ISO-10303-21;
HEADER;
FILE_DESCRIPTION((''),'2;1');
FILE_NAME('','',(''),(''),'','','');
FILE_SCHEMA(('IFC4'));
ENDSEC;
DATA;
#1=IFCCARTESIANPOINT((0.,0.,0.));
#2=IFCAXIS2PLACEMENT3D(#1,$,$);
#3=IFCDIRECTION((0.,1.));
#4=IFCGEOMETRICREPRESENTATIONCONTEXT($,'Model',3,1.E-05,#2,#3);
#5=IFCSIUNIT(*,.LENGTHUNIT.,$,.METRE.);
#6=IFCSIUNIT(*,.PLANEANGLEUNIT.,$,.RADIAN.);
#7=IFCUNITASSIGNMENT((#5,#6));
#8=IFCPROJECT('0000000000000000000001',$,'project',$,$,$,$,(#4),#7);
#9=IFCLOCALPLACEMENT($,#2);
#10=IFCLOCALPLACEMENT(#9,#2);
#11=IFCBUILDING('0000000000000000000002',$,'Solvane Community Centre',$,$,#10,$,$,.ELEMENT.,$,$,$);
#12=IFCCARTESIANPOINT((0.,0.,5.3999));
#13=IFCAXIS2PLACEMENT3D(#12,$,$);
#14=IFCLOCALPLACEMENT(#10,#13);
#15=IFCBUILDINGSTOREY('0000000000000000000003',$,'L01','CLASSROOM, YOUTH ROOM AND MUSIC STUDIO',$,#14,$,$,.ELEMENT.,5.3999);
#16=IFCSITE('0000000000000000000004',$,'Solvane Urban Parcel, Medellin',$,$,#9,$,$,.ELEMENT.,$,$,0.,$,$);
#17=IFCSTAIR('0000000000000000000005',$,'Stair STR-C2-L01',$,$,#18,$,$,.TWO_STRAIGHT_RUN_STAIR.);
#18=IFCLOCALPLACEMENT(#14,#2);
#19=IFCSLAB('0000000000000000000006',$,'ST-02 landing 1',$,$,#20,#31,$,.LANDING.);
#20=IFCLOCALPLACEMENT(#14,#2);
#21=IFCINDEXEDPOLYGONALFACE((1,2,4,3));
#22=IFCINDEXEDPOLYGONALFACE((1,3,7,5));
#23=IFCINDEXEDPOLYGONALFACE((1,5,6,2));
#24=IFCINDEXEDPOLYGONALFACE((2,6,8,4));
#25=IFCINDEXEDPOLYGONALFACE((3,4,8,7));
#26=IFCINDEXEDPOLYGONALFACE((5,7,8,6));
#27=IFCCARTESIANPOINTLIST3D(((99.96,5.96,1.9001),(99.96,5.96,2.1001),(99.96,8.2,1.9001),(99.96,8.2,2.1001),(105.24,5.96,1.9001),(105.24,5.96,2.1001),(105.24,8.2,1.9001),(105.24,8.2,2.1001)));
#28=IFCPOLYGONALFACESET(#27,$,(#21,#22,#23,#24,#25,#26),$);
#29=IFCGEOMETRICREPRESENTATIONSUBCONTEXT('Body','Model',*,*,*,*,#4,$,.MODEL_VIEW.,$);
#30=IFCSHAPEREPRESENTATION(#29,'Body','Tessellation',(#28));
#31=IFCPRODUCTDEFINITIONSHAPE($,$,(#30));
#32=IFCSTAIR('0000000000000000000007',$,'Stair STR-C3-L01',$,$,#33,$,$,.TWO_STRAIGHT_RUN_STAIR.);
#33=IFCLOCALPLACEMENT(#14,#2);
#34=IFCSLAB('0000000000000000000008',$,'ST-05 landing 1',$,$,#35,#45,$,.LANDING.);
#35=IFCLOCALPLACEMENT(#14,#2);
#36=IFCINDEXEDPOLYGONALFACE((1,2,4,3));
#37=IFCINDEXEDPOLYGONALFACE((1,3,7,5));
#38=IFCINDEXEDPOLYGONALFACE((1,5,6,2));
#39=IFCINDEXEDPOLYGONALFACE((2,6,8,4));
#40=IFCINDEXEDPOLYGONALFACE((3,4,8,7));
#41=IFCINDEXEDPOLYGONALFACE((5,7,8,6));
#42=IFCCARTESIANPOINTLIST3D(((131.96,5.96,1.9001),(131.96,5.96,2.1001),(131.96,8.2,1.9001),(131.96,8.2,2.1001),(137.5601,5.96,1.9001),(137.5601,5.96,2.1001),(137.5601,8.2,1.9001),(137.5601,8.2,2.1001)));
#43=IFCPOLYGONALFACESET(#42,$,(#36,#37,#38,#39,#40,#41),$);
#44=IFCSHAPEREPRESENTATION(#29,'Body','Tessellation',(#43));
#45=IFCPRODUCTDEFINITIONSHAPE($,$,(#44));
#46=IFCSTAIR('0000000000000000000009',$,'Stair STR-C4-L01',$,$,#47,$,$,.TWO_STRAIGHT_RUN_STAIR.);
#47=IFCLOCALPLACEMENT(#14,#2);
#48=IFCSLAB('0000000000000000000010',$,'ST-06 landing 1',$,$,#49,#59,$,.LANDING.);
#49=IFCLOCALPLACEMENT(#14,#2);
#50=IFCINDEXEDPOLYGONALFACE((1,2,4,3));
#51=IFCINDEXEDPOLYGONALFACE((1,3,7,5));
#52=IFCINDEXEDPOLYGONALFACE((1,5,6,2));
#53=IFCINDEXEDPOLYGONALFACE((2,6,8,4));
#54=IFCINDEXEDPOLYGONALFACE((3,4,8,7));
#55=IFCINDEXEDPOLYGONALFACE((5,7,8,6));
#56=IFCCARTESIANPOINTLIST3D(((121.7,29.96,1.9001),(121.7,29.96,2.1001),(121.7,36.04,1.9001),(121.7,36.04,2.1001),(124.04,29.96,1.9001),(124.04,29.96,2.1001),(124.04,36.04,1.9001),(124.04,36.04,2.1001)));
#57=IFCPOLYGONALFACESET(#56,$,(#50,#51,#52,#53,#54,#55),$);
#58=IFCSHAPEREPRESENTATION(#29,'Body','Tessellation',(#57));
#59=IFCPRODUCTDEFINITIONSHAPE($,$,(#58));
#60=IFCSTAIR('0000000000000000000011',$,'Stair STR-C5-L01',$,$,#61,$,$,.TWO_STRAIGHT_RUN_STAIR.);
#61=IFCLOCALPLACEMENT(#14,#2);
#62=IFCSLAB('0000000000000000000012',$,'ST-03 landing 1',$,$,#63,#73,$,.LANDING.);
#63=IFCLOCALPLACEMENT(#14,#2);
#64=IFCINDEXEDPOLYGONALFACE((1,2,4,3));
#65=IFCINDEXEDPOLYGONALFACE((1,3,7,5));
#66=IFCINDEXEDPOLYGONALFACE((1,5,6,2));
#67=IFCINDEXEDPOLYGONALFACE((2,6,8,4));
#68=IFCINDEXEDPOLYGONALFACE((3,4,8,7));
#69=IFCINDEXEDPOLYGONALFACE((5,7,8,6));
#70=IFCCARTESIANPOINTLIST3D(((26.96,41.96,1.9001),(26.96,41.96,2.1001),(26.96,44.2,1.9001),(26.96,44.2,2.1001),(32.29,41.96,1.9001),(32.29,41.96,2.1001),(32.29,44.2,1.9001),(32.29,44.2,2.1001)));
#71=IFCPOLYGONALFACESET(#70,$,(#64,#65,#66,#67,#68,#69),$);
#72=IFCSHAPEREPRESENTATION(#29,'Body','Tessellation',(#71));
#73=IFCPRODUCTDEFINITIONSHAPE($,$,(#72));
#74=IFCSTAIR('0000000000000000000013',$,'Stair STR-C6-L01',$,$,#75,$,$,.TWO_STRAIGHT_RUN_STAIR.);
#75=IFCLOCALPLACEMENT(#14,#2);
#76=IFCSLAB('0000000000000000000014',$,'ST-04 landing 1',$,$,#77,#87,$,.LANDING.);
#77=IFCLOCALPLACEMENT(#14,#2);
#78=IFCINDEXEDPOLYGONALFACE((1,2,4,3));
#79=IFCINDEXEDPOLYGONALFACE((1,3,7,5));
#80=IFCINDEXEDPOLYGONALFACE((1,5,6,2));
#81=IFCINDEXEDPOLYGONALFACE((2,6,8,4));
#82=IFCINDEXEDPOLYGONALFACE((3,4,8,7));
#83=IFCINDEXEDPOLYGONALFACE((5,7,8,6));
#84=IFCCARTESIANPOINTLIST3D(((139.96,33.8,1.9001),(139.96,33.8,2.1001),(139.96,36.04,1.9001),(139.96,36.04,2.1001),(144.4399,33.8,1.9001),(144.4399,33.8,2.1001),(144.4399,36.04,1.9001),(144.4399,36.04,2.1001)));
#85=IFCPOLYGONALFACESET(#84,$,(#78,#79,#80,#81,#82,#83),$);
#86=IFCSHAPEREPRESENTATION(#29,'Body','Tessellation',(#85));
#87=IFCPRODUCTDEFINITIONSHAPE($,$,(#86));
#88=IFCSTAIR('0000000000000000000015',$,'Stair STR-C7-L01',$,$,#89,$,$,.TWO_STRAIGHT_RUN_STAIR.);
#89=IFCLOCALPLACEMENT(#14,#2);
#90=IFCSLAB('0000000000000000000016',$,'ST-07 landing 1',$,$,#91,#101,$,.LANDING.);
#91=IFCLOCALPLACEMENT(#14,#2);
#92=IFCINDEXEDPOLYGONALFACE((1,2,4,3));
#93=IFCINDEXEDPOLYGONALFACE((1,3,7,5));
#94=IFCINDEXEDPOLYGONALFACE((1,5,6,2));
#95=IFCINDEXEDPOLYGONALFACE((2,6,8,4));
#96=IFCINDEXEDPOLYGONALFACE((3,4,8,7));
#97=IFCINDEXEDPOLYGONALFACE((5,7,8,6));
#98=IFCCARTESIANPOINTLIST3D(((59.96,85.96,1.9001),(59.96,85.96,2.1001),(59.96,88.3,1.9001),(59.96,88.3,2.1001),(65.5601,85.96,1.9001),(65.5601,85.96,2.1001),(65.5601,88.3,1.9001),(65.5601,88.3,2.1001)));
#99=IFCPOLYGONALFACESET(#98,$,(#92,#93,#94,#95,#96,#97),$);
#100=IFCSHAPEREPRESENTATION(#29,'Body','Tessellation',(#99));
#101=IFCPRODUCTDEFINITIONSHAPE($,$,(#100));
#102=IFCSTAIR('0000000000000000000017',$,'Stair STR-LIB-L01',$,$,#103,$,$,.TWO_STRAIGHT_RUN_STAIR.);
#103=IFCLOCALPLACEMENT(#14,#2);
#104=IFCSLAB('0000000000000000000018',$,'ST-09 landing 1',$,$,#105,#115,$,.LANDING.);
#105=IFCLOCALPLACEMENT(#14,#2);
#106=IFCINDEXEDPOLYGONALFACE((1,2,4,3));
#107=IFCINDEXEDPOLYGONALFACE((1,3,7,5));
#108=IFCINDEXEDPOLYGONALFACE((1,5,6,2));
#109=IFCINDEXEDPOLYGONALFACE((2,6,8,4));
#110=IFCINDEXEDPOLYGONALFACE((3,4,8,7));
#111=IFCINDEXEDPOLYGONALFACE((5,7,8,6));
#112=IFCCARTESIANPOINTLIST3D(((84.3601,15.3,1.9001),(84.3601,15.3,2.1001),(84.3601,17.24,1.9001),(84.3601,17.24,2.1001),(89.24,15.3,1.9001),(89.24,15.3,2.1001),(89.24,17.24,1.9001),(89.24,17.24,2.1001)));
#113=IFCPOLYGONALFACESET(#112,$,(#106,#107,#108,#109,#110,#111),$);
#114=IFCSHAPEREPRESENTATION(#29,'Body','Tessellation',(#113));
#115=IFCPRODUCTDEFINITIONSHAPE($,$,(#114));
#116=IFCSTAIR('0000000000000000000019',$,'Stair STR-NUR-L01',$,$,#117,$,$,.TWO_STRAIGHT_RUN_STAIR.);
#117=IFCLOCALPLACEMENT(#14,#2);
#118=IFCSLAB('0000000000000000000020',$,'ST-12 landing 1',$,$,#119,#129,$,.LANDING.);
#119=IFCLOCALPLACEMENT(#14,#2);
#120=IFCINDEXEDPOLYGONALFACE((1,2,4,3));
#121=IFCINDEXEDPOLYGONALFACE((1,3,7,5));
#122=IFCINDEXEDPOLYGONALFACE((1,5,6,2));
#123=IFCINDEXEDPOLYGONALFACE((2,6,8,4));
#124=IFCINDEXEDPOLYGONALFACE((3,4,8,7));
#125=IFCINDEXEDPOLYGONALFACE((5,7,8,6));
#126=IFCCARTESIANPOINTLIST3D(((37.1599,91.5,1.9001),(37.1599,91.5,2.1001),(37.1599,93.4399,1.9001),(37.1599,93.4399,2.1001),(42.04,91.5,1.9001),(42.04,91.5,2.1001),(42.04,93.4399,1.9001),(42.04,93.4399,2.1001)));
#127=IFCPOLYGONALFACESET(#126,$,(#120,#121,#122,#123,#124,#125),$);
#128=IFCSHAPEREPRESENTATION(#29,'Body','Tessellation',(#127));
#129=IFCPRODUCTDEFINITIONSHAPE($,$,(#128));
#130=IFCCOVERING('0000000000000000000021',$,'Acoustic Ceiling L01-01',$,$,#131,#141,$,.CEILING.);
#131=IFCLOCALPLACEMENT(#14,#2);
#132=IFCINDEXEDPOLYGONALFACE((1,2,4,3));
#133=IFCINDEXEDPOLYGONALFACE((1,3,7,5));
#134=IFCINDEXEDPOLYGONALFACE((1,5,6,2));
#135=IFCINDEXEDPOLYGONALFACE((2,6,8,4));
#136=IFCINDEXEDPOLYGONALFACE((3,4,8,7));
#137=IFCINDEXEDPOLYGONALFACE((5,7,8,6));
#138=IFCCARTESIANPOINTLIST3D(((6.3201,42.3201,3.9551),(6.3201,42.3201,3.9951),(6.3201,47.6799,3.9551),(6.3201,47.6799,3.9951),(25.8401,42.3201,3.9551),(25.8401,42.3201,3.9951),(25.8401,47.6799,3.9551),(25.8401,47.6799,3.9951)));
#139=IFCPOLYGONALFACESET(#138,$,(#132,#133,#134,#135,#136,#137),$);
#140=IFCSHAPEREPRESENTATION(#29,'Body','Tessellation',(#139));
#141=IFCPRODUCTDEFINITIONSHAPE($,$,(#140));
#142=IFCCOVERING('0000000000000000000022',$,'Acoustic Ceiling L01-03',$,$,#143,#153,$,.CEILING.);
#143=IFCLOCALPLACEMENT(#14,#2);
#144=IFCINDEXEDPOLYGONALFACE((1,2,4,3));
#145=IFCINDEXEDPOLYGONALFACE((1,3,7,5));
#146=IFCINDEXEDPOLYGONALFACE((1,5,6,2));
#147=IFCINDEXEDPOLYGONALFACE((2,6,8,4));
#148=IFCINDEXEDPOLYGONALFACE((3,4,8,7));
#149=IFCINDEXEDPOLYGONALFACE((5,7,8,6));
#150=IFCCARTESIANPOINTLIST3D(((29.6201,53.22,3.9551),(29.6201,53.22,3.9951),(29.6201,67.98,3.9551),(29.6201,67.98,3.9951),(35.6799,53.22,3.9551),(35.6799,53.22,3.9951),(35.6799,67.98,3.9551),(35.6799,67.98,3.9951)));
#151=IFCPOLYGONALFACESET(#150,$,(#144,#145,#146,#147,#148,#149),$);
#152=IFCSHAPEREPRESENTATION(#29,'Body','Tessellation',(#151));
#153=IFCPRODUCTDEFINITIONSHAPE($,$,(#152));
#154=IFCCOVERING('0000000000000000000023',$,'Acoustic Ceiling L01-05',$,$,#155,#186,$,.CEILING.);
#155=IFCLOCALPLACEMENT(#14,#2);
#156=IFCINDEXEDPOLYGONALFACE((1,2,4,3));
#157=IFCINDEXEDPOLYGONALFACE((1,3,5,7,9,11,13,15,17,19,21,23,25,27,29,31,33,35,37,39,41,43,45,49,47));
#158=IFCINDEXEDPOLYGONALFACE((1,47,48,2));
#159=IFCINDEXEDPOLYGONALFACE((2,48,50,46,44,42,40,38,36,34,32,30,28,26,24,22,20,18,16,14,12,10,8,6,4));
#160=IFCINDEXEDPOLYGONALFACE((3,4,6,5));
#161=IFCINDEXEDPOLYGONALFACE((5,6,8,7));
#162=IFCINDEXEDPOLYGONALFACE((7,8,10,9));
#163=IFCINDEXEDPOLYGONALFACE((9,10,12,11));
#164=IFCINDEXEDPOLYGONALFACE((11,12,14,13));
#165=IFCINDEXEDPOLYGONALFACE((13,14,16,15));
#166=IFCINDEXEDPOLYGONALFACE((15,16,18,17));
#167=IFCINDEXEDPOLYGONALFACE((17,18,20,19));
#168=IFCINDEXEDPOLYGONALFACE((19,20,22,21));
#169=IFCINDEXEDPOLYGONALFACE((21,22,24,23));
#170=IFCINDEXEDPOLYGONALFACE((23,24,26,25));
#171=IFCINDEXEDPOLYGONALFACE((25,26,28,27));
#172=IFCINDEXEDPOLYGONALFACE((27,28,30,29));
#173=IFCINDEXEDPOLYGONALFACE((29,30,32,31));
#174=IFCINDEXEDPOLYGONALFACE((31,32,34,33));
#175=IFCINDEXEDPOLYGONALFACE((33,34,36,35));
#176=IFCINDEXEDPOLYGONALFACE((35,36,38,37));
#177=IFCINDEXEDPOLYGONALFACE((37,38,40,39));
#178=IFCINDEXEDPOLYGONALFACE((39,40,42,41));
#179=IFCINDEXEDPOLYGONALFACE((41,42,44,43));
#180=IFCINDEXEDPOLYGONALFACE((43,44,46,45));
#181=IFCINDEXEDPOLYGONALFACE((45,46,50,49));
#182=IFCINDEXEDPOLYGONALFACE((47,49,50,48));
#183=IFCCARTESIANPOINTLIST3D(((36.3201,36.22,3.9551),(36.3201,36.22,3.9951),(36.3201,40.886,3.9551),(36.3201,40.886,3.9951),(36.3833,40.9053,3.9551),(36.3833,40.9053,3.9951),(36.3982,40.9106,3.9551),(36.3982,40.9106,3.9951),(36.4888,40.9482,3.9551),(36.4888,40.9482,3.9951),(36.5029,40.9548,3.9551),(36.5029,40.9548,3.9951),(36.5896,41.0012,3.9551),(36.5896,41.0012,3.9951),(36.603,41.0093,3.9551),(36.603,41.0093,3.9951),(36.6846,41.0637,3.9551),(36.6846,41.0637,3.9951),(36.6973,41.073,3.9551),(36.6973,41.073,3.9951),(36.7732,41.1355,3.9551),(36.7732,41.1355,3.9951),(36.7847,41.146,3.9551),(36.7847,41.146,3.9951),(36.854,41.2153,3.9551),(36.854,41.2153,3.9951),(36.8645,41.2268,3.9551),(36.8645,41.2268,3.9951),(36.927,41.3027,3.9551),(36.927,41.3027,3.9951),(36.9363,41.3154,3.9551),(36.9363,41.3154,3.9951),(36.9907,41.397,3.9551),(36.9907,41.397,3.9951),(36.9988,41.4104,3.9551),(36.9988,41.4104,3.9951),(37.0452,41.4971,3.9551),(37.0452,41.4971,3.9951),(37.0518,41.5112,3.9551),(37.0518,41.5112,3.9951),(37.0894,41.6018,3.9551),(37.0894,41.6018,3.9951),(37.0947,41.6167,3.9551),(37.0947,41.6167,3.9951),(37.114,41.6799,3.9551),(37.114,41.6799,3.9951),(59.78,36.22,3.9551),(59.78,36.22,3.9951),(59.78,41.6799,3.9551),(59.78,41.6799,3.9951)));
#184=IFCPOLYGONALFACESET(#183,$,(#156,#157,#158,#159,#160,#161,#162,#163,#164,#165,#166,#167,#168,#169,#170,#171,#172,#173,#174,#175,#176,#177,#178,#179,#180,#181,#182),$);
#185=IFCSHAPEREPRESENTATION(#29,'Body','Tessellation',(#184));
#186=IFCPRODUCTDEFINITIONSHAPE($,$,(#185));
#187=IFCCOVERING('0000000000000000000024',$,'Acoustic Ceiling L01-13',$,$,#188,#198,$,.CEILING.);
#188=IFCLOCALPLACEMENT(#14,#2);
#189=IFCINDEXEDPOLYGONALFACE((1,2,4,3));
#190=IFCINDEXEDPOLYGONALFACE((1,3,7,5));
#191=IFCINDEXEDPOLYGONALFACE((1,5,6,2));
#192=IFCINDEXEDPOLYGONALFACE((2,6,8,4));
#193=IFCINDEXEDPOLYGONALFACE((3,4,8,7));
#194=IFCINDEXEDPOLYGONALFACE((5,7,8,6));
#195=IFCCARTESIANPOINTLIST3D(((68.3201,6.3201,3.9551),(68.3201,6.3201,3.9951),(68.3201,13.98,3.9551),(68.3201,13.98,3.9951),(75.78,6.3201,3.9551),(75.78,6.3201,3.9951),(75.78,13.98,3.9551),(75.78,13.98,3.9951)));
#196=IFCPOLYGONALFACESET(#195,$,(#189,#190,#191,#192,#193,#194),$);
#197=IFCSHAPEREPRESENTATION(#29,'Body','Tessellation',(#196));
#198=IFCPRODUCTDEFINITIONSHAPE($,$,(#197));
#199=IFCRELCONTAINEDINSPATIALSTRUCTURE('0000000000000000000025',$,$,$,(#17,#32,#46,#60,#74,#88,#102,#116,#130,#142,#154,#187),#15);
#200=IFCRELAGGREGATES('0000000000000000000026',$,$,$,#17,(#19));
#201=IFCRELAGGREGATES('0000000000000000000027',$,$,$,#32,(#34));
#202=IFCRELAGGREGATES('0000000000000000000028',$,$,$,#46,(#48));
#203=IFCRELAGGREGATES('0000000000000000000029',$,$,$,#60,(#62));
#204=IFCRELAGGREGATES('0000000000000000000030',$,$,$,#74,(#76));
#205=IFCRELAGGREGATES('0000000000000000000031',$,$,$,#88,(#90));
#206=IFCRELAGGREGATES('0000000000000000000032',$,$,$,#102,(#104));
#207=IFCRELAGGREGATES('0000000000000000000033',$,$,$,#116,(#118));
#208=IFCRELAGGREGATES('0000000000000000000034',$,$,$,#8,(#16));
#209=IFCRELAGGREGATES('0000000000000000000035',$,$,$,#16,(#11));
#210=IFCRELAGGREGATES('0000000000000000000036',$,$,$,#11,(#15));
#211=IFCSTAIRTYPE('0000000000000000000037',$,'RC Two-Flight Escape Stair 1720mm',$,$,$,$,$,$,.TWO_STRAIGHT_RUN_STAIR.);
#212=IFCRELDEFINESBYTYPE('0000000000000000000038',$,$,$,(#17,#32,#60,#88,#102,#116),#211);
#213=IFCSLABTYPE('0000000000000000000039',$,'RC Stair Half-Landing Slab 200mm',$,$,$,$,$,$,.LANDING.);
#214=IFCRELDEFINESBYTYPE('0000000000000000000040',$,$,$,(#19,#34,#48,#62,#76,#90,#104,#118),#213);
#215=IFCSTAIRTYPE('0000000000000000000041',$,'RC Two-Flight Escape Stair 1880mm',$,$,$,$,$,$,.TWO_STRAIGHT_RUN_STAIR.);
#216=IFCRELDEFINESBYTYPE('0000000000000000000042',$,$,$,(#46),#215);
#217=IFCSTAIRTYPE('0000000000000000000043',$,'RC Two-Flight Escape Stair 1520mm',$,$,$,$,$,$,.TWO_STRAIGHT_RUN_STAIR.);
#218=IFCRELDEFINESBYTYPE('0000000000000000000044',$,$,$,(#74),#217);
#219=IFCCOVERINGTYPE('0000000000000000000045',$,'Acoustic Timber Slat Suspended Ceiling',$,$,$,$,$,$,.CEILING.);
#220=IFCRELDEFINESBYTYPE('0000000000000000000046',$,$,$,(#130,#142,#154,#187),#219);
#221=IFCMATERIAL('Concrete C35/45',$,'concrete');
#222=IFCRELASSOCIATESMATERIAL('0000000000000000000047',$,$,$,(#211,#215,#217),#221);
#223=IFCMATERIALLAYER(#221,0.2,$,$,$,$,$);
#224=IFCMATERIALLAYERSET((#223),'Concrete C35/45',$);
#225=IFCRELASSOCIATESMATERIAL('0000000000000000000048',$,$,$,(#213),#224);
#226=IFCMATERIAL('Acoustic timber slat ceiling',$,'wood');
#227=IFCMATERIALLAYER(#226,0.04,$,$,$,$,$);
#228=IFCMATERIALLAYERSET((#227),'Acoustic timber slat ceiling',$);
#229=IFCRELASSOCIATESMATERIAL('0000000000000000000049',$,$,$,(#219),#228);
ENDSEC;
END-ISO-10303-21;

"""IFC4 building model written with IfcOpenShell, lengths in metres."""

from ifc_helpers import new_model, si_unit, direction, frame, origin, place, context, subcontext, project, spatial, polyline, outline, extrude, material, layer, layer_set, type_object, element, aggregate, save


model = new_model("IFC4")

# Units and contexts
model_context = context("Model", 3, precision=1e-05, world=origin(), true_north=direction((0.0, 1.0)))
body_context = subcontext(model_context, "Body", "Model", "MODEL_VIEW")
ifc_project = project(units=[si_unit("LENGTHUNIT", "METRE"), si_unit("PLANEANGLEUNIT", "RADIAN")], contexts=[model_context])

# Site, building, storey
site_placement = place(None, origin())
site = spatial("IfcSite", under=ifc_project, at=site_placement, Name="Solvane Urban Parcel, Medellin", CompositionType="ELEMENT", RefElevation=0.0)
building_placement = place(site_placement, origin())
building = spatial("IfcBuilding", under=site, at=building_placement, Name="Solvane Community Centre", CompositionType="ELEMENT")
storey_placement = place(building_placement, frame((0.0, 0.0, 5.3999)))
storey = spatial("IfcBuildingStorey", under=building, at=storey_placement, Name="L01", Description="CLASSROOM, YOUTH ROOM AND MUSIC STUDIO", CompositionType="ELEMENT", Elevation=5.3999)

# Shared definitions
ifc_material_1 = material(Name="Concrete C35/45", Category="concrete")

# Stairs, slabs
stair_type_1 = type_object("IfcStairType", Name="RC Two-Flight Escape Stair 1720mm", PredefinedType="TWO_STRAIGHT_RUN_STAIR", material=ifc_material_1)
ifc_layer_1 = layer(ifc_material_1, 0.2)
ifc_layer_set_1 = layer_set([ifc_layer_1], Name="Concrete C35/45")
slab_type_1 = type_object("IfcSlabType", Name="RC Stair Half-Landing Slab 200mm", PredefinedType="LANDING", material=ifc_layer_set_1)
stair_1_placement = place(storey_placement, origin())
stair_1 = element("IfcStair", 1, at=stair_1_placement, inside=storey, type_object=stair_type_1, Name="Stair STR-C2-L01", PredefinedType="TWO_STRAIGHT_RUN_STAIR")
slab_1_placement = place(storey_placement, frame((0.0, 0.0, 1.9001)))
slab_1 = element("IfcSlab", 2, at=slab_1_placement, type_object=slab_type_1, Name="ST-02 landing 1", PredefinedType="LANDING", context=body_context, shape_type="SweptSolid", body=[
    extrude(outline(polyline([(99.96, 5.96), (105.24, 5.96), (105.24, 8.2), (99.96, 8.2), (99.96, 5.96)])), origin(), (0.0, 0.0, 1.0), 0.2),
])
aggregate(stair_1, [slab_1])
stair_2_placement = place(storey_placement, origin())
stair_2 = element("IfcStair", 3, at=stair_2_placement, inside=storey, type_object=stair_type_1, Name="Stair STR-C3-L01", PredefinedType="TWO_STRAIGHT_RUN_STAIR")
slab_2_placement = place(storey_placement, frame((0.0, 0.0, 1.9001)))
slab_2 = element("IfcSlab", 4, at=slab_2_placement, type_object=slab_type_1, Name="ST-05 landing 1", PredefinedType="LANDING", context=body_context, shape_type="SweptSolid", body=[
    extrude(outline(polyline([(131.96, 5.96), (137.5601, 5.96), (137.5601, 8.2), (131.96, 8.2), (131.96, 5.96)])), origin(), (0.0, 0.0, 1.0), 0.2),
])
aggregate(stair_2, [slab_2])
stair_type_2 = type_object("IfcStairType", Name="RC Two-Flight Escape Stair 1880mm", PredefinedType="TWO_STRAIGHT_RUN_STAIR", material=ifc_material_1)
stair_3_placement = place(storey_placement, origin())
stair_3 = element("IfcStair", 5, at=stair_3_placement, inside=storey, type_object=stair_type_2, Name="Stair STR-C4-L01", PredefinedType="TWO_STRAIGHT_RUN_STAIR")
slab_3_placement = place(storey_placement, frame((0.0, 0.0, 1.9001)))
slab_3 = element("IfcSlab", 6, at=slab_3_placement, type_object=slab_type_1, Name="ST-06 landing 1", PredefinedType="LANDING", context=body_context, shape_type="SweptSolid", body=[
    extrude(outline(polyline([(121.7, 29.96), (124.04, 29.96), (124.04, 36.04), (121.7, 36.04), (121.7, 29.96)])), origin(), (0.0, 0.0, 1.0), 0.2),
])
aggregate(stair_3, [slab_3])
stair_4_placement = place(storey_placement, origin())
stair_4 = element("IfcStair", 7, at=stair_4_placement, inside=storey, type_object=stair_type_1, Name="Stair STR-C5-L01", PredefinedType="TWO_STRAIGHT_RUN_STAIR")
slab_4_placement = place(storey_placement, frame((0.0, 0.0, 1.9001)))
slab_4 = element("IfcSlab", 8, at=slab_4_placement, type_object=slab_type_1, Name="ST-03 landing 1", PredefinedType="LANDING", context=body_context, shape_type="SweptSolid", body=[
    extrude(outline(polyline([(26.96, 41.96), (32.29, 41.96), (32.29, 44.2), (26.96, 44.2), (26.96, 41.96)])), origin(), (0.0, 0.0, 1.0), 0.2),
])
aggregate(stair_4, [slab_4])
stair_type_3 = type_object("IfcStairType", Name="RC Two-Flight Escape Stair 1520mm", PredefinedType="TWO_STRAIGHT_RUN_STAIR", material=ifc_material_1)
stair_5_placement = place(storey_placement, origin())
stair_5 = element("IfcStair", 9, at=stair_5_placement, inside=storey, type_object=stair_type_3, Name="Stair STR-C6-L01", PredefinedType="TWO_STRAIGHT_RUN_STAIR")
slab_5_placement = place(storey_placement, frame((0.0, 0.0, 1.9001)))
slab_5 = element("IfcSlab", 10, at=slab_5_placement, type_object=slab_type_1, Name="ST-04 landing 1", PredefinedType="LANDING", context=body_context, shape_type="SweptSolid", body=[
    extrude(outline(polyline([(139.96, 33.8), (144.4399, 33.8), (144.4399, 36.04), (139.96, 36.04), (139.96, 33.8)])), origin(), (0.0, 0.0, 1.0), 0.2),
])
aggregate(stair_5, [slab_5])
stair_6_placement = place(storey_placement, origin())
stair_6 = element("IfcStair", 11, at=stair_6_placement, inside=storey, type_object=stair_type_1, Name="Stair STR-C7-L01", PredefinedType="TWO_STRAIGHT_RUN_STAIR")
slab_6_placement = place(storey_placement, frame((0.0, 0.0, 1.9001)))
slab_6 = element("IfcSlab", 12, at=slab_6_placement, type_object=slab_type_1, Name="ST-07 landing 1", PredefinedType="LANDING", context=body_context, shape_type="SweptSolid", body=[
    extrude(outline(polyline([(59.96, 85.96), (65.5601, 85.96), (65.5601, 88.3), (59.96, 88.3), (59.96, 85.96)])), origin(), (0.0, 0.0, 1.0), 0.2),
])
aggregate(stair_6, [slab_6])
stair_7_placement = place(storey_placement, origin())
stair_7 = element("IfcStair", 13, at=stair_7_placement, inside=storey, type_object=stair_type_1, Name="Stair STR-LIB-L01", PredefinedType="TWO_STRAIGHT_RUN_STAIR")
slab_7_placement = place(storey_placement, frame((0.0, 0.0, 1.9001)))
slab_7 = element("IfcSlab", 14, at=slab_7_placement, type_object=slab_type_1, Name="ST-09 landing 1", PredefinedType="LANDING", context=body_context, shape_type="SweptSolid", body=[
    extrude(outline(polyline([(84.3601, 15.3), (89.24, 15.3), (89.24, 17.24), (84.3601, 17.24), (84.3601, 15.3)])), origin(), (0.0, 0.0, 1.0), 0.2),
])
aggregate(stair_7, [slab_7])
stair_8_placement = place(storey_placement, origin())
stair_8 = element("IfcStair", 15, at=stair_8_placement, inside=storey, type_object=stair_type_1, Name="Stair STR-NUR-L01", PredefinedType="TWO_STRAIGHT_RUN_STAIR")
slab_8_placement = place(storey_placement, frame((0.0, 0.0, 1.9001)))
slab_8 = element("IfcSlab", 16, at=slab_8_placement, type_object=slab_type_1, Name="ST-12 landing 1", PredefinedType="LANDING", context=body_context, shape_type="SweptSolid", body=[
    extrude(outline(polyline([(37.1599, 91.5), (42.04, 91.5), (42.04, 93.4399), (37.1599, 93.4399), (37.1599, 91.5)])), origin(), (0.0, 0.0, 1.0), 0.2),
])
aggregate(stair_8, [slab_8])

# Coverings
ifc_material_2 = material(Name="Acoustic timber slat ceiling", Category="wood")
ifc_layer_2 = layer(ifc_material_2, 0.04)
ifc_layer_set_2 = layer_set([ifc_layer_2], Name="Acoustic timber slat ceiling")
covering_type = type_object("IfcCoveringType", Name="Acoustic Timber Slat Suspended Ceiling", PredefinedType="CEILING", material=ifc_layer_set_2)
covering_1_placement = place(storey_placement, frame((0.0, 0.0, 3.9551)))
element("IfcCovering", 17, at=covering_1_placement, inside=storey, type_object=covering_type, Name="Acoustic Ceiling L01-01", PredefinedType="CEILING", context=body_context, shape_type="SweptSolid", body=[
    extrude(outline(polyline([(6.3201, 42.3201), (6.3201, 47.6799), (25.8401, 47.6799), (25.8401, 42.3201), (6.3201, 42.3201)])), origin(), (0.0, 0.0, 1.0), 0.04),
])
covering_2_placement = place(storey_placement, frame((0.0, 0.0, 3.9551)))
element("IfcCovering", 18, at=covering_2_placement, inside=storey, type_object=covering_type, Name="Acoustic Ceiling L01-03", PredefinedType="CEILING", context=body_context, shape_type="SweptSolid", body=[
    extrude(outline(polyline([(29.6201, 53.22), (29.6201, 67.98), (35.6799, 67.98), (35.6799, 53.22), (29.6201, 53.22)])), origin(), (0.0, 0.0, 1.0), 0.04),
])
covering_3_placement = place(storey_placement, frame((0.0, 0.0, 3.9551)))
element("IfcCovering", 19, at=covering_3_placement, inside=storey, type_object=covering_type, Name="Acoustic Ceiling L01-05", PredefinedType="CEILING", context=body_context, shape_type="SweptSolid", body=[
    extrude(outline(polyline([(59.78, 41.6799), (59.78, 36.22), (36.3201, 36.22), (36.3201, 40.886), (36.3833, 40.9053), (36.3982, 40.9106), (36.4888, 40.9482), (36.5029, 40.9548), (36.5896, 41.0012), (36.603, 41.0093), (36.6846, 41.0637), (36.6973, 41.073), (36.7732, 41.1355), (36.7847, 41.146), (36.854, 41.2153), (36.8645, 41.2268), (36.927, 41.3027), (36.9363, 41.3154), (36.9907, 41.397), (36.9988, 41.4104), (37.0452, 41.4971), (37.0518, 41.5112), (37.0894, 41.6018), (37.0947, 41.6167), (37.114, 41.6799), (59.78, 41.6799)])), origin(), (0.0, 0.0, 1.0), 0.04),
])
covering_4_placement = place(storey_placement, frame((0.0, 0.0, 3.9551)))
element("IfcCovering", 20, at=covering_4_placement, inside=storey, type_object=covering_type, Name="Acoustic Ceiling L01-13", PredefinedType="CEILING", context=body_context, shape_type="SweptSolid", body=[
    extrude(outline(polyline([(68.3201, 6.3201), (68.3201, 13.98), (75.78, 13.98), (75.78, 6.3201), (68.3201, 6.3201)])), origin(), (0.0, 0.0, 1.0), 0.04),
])

save(model, "model.ifc")
